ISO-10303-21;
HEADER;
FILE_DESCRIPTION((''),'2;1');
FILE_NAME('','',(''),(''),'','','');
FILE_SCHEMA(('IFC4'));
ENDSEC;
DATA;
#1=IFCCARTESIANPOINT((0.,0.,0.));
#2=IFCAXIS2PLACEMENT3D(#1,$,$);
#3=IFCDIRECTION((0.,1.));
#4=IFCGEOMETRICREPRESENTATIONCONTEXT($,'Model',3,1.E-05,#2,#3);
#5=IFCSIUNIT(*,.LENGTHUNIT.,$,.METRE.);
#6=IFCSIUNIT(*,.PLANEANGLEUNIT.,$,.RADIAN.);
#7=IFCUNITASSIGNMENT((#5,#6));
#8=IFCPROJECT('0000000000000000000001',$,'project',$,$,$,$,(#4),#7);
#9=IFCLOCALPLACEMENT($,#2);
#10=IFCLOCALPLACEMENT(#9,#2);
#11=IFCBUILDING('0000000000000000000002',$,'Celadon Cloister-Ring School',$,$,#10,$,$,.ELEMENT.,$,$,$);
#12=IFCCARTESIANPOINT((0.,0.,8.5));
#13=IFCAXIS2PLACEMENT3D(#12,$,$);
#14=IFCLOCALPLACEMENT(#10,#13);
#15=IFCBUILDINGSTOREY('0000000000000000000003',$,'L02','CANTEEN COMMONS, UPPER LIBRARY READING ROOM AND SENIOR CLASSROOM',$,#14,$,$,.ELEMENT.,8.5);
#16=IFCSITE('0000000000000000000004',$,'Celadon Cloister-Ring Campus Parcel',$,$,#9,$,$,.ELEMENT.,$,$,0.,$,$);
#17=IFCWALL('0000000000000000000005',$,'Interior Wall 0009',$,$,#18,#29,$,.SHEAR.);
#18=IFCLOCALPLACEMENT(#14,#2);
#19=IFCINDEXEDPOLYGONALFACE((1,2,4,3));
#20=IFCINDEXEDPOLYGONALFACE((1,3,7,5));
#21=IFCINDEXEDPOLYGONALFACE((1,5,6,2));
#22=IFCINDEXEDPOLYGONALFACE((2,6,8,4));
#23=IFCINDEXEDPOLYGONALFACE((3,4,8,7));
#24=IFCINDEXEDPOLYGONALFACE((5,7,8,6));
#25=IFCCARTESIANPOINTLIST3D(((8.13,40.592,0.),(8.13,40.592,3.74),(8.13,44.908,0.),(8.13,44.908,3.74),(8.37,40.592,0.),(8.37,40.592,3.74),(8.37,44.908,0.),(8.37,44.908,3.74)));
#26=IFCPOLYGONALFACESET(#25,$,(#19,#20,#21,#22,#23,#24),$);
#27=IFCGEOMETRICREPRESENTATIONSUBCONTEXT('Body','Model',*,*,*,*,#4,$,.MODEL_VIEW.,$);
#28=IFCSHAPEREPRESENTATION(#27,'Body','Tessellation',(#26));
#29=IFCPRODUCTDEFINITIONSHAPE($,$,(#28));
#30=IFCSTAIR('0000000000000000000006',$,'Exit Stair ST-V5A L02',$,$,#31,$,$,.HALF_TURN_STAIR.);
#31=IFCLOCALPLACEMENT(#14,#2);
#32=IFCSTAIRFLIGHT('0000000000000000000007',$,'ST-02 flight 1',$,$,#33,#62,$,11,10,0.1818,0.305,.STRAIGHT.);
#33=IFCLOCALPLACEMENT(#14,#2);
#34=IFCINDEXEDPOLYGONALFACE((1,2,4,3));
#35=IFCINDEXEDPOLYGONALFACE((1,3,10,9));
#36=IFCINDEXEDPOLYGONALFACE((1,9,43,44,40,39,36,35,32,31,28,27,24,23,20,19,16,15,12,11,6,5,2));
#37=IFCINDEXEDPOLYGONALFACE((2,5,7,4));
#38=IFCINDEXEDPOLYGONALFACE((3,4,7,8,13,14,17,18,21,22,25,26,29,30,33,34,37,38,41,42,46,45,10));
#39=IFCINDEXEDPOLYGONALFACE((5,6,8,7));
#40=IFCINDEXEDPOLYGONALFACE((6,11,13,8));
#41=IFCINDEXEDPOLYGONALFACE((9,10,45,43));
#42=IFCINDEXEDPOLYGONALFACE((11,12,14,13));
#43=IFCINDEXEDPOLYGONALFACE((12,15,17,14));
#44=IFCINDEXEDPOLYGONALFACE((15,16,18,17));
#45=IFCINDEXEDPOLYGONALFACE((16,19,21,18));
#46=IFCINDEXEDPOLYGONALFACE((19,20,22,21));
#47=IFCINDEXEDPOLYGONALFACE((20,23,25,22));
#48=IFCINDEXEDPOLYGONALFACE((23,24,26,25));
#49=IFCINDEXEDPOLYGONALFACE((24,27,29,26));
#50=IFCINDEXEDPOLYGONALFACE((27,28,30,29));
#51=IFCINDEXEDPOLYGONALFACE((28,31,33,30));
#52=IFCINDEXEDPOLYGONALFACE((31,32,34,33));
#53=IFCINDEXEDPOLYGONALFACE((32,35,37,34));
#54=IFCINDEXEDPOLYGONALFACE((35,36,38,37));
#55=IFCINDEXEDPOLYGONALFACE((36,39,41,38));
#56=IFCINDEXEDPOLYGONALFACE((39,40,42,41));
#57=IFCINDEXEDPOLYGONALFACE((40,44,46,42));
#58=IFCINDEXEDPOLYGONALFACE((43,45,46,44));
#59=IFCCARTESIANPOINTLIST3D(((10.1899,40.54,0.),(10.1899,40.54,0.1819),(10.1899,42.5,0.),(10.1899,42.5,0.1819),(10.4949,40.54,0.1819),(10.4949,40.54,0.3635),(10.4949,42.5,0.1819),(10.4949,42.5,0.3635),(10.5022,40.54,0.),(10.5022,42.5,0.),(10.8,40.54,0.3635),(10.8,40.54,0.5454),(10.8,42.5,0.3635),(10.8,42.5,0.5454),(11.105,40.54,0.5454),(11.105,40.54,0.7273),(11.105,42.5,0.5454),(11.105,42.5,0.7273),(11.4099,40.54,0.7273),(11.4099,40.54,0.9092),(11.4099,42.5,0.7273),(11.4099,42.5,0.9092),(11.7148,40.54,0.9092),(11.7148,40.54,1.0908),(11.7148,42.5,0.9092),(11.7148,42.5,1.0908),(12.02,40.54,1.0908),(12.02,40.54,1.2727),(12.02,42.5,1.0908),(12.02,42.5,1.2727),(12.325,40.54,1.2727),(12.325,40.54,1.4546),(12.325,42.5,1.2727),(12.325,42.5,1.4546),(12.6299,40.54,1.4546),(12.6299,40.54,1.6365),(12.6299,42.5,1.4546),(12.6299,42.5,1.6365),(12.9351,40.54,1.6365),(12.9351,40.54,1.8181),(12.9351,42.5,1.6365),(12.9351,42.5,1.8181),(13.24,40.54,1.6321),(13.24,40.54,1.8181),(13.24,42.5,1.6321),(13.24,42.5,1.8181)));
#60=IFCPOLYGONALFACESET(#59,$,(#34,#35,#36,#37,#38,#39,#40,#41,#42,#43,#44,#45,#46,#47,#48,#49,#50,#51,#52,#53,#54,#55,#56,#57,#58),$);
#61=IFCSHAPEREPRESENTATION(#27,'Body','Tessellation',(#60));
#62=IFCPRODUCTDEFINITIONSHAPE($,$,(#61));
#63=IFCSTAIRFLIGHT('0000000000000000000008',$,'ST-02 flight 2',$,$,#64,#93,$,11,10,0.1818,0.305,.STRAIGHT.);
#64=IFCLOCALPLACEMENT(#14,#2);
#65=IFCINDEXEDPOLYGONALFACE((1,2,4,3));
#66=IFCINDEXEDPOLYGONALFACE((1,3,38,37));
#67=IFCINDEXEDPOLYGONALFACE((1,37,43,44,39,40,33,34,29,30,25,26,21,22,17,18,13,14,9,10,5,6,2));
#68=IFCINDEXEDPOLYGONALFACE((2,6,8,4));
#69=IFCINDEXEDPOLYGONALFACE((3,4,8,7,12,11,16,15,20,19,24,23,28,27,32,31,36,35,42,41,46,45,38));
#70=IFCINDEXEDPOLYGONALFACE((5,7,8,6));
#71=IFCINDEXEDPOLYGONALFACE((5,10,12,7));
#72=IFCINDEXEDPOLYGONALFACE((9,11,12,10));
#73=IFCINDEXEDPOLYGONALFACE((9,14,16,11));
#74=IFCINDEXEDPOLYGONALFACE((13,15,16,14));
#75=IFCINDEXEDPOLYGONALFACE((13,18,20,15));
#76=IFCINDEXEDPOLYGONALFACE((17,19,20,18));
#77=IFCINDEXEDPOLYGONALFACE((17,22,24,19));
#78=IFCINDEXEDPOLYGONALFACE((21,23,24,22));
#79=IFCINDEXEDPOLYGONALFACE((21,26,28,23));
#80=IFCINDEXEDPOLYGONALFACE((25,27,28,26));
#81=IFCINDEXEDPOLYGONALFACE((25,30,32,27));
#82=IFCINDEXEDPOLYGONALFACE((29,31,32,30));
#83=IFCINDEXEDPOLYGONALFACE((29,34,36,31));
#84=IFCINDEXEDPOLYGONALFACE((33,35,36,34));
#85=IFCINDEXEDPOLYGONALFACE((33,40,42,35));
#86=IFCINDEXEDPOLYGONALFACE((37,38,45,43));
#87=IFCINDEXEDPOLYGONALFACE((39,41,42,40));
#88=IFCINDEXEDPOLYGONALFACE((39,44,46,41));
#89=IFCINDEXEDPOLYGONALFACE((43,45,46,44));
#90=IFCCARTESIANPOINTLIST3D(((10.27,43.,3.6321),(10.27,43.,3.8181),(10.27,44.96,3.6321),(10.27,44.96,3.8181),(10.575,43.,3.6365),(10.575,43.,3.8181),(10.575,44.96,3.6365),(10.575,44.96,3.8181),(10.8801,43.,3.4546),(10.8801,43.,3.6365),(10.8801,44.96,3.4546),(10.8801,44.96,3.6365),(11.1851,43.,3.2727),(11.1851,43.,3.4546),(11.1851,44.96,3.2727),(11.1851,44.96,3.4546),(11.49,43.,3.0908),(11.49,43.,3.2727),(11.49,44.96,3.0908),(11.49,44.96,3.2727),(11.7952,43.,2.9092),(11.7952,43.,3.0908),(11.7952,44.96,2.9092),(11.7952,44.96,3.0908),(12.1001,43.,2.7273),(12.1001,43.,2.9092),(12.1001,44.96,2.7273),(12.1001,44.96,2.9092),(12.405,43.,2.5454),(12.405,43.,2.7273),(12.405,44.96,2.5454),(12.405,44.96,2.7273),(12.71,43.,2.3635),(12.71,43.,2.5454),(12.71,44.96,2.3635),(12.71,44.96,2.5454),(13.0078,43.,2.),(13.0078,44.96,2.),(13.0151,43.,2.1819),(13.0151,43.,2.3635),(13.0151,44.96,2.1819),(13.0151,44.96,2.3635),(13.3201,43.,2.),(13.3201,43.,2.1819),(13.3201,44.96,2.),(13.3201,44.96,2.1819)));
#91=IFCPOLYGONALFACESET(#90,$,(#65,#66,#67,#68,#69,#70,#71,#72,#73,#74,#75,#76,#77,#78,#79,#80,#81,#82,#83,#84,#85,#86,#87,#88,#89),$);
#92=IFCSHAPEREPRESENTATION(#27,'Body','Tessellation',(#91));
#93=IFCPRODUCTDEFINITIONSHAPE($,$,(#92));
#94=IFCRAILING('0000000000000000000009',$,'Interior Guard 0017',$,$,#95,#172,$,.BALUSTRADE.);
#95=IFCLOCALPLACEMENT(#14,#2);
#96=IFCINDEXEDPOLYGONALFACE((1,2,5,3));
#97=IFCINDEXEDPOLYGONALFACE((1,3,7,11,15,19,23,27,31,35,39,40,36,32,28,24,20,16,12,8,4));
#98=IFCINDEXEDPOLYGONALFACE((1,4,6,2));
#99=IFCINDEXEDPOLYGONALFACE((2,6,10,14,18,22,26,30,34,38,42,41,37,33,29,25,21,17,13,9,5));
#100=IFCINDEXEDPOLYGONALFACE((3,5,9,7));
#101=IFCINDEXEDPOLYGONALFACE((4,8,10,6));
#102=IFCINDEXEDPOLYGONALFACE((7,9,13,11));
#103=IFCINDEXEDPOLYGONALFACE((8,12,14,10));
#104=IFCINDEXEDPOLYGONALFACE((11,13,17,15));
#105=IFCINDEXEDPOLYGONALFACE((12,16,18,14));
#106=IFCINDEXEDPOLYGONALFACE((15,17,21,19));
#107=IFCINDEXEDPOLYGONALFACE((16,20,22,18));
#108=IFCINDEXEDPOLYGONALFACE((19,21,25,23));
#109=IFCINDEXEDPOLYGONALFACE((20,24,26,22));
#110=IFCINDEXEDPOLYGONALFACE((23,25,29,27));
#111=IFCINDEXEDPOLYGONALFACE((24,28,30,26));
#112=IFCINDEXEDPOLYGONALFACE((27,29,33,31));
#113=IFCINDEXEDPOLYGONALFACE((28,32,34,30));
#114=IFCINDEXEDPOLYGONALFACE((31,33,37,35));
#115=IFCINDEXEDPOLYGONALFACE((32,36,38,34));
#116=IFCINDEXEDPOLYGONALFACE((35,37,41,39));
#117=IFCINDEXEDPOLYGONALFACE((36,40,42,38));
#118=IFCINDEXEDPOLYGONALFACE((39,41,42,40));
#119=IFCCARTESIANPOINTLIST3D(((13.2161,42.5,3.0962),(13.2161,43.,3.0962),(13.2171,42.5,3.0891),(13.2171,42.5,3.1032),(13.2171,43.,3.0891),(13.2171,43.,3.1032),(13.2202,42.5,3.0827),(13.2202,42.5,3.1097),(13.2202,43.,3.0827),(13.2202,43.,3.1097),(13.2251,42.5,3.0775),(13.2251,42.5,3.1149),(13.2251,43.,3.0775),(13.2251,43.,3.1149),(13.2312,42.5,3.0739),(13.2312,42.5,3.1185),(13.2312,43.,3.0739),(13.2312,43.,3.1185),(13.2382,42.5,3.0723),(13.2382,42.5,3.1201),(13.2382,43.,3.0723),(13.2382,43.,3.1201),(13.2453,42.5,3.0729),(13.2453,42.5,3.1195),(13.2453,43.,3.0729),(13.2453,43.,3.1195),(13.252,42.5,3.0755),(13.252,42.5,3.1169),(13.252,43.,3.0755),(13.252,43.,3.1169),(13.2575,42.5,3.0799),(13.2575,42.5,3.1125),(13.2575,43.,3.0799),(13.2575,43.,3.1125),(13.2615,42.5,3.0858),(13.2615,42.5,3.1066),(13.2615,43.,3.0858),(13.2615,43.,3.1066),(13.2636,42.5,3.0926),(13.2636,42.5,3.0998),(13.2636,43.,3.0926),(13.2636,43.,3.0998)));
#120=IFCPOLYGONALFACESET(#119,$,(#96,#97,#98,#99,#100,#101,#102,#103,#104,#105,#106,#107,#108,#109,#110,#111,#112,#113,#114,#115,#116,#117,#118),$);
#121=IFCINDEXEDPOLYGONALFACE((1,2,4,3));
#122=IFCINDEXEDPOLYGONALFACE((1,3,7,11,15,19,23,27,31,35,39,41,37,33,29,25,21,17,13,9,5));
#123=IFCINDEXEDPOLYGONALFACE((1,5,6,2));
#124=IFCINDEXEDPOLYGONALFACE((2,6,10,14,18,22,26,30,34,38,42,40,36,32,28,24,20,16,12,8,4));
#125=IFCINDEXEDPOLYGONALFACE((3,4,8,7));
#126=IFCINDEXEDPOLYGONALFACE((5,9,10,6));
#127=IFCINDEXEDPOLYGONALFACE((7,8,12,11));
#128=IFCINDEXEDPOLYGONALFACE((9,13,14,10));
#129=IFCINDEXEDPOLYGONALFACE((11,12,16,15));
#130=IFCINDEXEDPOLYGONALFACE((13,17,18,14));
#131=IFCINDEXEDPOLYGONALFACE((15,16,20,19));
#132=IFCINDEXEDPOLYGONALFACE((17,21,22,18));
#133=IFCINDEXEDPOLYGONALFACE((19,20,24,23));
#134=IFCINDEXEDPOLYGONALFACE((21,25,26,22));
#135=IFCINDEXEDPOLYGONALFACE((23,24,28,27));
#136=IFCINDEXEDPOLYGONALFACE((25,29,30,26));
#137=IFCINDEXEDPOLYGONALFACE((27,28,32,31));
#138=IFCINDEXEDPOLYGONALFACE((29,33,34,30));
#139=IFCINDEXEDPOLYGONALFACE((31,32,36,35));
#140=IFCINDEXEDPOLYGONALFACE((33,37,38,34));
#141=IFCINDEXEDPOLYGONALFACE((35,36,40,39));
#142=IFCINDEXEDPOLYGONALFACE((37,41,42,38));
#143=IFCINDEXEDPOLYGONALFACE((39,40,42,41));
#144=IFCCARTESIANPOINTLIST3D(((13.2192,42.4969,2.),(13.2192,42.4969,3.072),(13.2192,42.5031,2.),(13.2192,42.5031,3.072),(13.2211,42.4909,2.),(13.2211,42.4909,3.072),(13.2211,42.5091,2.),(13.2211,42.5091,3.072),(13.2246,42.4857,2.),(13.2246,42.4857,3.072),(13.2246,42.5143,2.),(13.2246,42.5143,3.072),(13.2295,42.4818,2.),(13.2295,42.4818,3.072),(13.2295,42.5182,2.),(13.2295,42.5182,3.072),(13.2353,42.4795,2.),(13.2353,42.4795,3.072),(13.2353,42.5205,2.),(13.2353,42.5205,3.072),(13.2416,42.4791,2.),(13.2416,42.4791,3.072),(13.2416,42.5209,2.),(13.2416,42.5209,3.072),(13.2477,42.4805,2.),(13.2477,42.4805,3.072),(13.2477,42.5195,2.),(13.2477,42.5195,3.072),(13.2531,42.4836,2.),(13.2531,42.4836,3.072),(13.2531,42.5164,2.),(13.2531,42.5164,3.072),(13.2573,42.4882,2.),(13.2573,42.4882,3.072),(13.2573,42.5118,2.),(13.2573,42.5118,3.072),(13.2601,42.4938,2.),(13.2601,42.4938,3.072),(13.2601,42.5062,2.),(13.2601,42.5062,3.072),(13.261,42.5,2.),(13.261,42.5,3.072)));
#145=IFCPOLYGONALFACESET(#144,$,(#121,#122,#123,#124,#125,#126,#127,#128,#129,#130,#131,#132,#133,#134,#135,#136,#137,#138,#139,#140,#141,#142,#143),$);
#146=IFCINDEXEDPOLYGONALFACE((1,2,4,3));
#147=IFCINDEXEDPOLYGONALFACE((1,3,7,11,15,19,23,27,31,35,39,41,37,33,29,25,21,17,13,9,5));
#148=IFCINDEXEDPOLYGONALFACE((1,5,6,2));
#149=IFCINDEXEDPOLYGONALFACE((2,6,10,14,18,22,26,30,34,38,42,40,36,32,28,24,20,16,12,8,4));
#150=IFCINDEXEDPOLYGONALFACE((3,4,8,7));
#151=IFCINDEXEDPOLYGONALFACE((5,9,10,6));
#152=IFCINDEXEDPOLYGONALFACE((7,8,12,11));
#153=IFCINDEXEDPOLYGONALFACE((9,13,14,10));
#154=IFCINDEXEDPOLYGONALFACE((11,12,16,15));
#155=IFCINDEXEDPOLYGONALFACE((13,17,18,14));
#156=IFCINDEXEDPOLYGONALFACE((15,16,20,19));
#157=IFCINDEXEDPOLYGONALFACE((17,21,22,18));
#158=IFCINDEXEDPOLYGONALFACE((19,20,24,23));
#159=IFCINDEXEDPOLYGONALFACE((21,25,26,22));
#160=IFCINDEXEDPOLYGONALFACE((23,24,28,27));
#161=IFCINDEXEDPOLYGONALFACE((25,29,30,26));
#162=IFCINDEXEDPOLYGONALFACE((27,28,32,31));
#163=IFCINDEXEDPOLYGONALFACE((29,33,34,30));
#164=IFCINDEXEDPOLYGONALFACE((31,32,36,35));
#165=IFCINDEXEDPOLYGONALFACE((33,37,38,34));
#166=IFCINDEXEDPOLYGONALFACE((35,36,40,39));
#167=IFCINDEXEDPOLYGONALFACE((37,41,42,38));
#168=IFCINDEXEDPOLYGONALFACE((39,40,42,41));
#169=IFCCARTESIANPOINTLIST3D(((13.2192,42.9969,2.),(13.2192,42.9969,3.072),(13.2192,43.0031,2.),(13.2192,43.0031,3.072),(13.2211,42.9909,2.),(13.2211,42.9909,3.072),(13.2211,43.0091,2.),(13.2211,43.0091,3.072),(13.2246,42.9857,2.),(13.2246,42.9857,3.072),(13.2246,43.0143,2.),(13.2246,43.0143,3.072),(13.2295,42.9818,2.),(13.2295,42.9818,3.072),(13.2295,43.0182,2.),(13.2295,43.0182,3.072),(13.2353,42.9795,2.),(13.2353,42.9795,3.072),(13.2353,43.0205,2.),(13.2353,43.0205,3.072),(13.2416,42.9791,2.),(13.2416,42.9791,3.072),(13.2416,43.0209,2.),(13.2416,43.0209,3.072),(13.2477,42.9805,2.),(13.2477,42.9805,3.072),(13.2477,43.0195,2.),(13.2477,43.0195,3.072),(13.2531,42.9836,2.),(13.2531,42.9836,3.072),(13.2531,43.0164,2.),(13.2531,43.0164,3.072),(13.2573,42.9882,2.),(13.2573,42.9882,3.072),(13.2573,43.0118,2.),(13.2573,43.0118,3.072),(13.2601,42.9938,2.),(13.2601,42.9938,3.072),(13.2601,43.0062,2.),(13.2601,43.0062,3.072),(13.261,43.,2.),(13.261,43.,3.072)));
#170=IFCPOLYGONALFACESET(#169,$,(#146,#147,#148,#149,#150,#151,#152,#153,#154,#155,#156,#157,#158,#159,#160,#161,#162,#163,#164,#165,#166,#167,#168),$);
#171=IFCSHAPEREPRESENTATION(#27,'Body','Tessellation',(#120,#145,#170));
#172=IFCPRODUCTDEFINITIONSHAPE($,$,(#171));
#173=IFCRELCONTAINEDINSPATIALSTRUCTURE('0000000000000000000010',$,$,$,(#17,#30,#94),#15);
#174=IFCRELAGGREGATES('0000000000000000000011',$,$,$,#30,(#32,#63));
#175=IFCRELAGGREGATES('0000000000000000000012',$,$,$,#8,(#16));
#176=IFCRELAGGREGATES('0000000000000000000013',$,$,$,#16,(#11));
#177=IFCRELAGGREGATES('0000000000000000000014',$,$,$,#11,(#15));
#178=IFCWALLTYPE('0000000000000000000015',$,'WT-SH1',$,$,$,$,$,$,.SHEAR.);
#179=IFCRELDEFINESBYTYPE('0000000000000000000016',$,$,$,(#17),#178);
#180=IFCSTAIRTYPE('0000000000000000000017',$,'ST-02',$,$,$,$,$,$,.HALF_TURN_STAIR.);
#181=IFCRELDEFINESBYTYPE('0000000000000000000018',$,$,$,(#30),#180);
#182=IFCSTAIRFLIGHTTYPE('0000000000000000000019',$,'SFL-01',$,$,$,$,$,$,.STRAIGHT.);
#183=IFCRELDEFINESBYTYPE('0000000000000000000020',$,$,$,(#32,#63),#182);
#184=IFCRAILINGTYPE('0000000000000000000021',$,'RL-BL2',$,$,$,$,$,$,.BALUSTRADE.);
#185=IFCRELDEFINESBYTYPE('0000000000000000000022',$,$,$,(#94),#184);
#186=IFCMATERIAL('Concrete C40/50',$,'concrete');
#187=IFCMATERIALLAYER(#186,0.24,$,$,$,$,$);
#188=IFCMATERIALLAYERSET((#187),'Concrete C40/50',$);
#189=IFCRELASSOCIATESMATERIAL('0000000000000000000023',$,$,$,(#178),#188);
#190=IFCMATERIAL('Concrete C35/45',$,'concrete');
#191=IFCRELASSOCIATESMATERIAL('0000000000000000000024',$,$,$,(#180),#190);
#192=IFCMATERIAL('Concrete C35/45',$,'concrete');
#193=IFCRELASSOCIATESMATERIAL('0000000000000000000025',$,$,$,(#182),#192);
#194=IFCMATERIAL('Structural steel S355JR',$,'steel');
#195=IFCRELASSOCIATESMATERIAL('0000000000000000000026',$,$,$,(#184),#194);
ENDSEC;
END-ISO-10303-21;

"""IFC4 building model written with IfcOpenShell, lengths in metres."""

from ifc_helpers import new_model, si_unit, direction, frame, frame_2d, origin, origin_2d, place, context, subcontext, project, spatial, polyline, rectangle, circle, outline, extrude, material, layer, layer_set, type_object, element, aggregate, save


model = new_model("IFC4")

# Units and contexts
model_context = context("Model", 3, precision=1e-05, world=origin(), true_north=direction((0.0, 1.0)))
body_context = subcontext(model_context, "Body", "Model", "MODEL_VIEW")
ifc_project = project(units=[si_unit("LENGTHUNIT", "METRE"), si_unit("PLANEANGLEUNIT", "RADIAN")], contexts=[model_context])

# Site, building, storey
site_placement = place(None, origin())
site = spatial("IfcSite", under=ifc_project, at=site_placement, Name="Celadon Cloister-Ring Campus Parcel", CompositionType="ELEMENT", RefElevation=0.0)
building_placement = place(site_placement, origin())
building = spatial("IfcBuilding", under=site, at=building_placement, Name="Celadon Cloister-Ring School", CompositionType="ELEMENT")
storey_placement = place(building_placement, frame((0.0, 0.0, 8.5)))
storey = spatial("IfcBuildingStorey", under=building, at=storey_placement, Name="L02", Description="CANTEEN COMMONS, UPPER LIBRARY READING ROOM AND SENIOR CLASSROOM", CompositionType="ELEMENT", Elevation=8.5)

# Wall
ifc_material_1 = material(Name="Concrete C40/50", Category="concrete")
ifc_layer_1 = layer(ifc_material_1, 0.24)
ifc_layer_set_1 = layer_set([ifc_layer_1], Name="Concrete C40/50")
wall_type_1 = type_object("IfcWallType", Name="WT-SH1", PredefinedType="SHEAR", material=ifc_layer_set_1)
wall_1_placement = place(storey_placement, frame((8.25, 40.592, 0.0), z_axis=(0.0, 0.0, 1.0), x_axis=(0.0, 1.0, 0.0)))
element("IfcWall", 1, at=wall_1_placement, inside=storey, type_object=wall_type_1, Name="Interior Wall 0009", PredefinedType="SHEAR", context=body_context, shape_type="SweptSolid", body=[
    extrude(rectangle(XDim=4.3159, YDim=0.24, at=frame_2d((2.158, 0.0))), origin(), (0.0, 0.0, 1.0), 3.74),
])

# Stair, stair flights
ifc_material_2 = material(Name="Concrete C35/45", Category="concrete")
stair_type = type_object("IfcStairType", Name="ST-02", PredefinedType="HALF_TURN_STAIR", material=ifc_material_2)
stair_placement = place(storey_placement, origin())
stair = element("IfcStair", 2, at=stair_placement, inside=storey, type_object=stair_type, Name="Exit Stair ST-V5A L02", PredefinedType="HALF_TURN_STAIR")
ifc_material_3 = material(Name="Concrete C35/45", Category="concrete")
stair_flight_type = type_object("IfcStairFlightType", Name="SFL-01", PredefinedType="STRAIGHT", material=ifc_material_3)
stair_flight_1_placement = place(storey_placement, frame((10.1899, 41.52, 0.0), z_axis=(0.0, 0.0, 1.0), x_axis=(1.0, 0.0, 0.0)))
stair_flight_1 = element("IfcStairFlight", 3, at=stair_flight_1_placement, type_object=stair_flight_type, Name="ST-02 flight 1", NumberOfRisers=11, NumberOfTreads=10, PredefinedType="STRAIGHT", RiserHeight=0.1818, TreadLength=0.305, context=body_context, shape_type="SweptSolid", body=[
    extrude(outline(polyline([(0.0, 0.0), (0.0, 0.1819), (0.3049, 0.1819), (0.3049, 0.3635), (0.6101, 0.3635), (0.6101, 0.5454), (0.915, 0.5454), (0.915, 0.7273), (1.22, 0.7273), (1.22, 0.9092), (1.5249, 0.9092), (1.5249, 1.0908), (1.8301, 1.0908), (1.8301, 1.2727), (2.135, 1.2727), (2.135, 1.4546), (2.4399, 1.4546), (2.4399, 1.6365), (2.7451, 1.6365), (2.7451, 1.8181), (3.05, 1.8181), (3.05, 2.0), (3.05, 1.6321), (0.3123, 0.0), (0.0, 0.0)])), frame((0.0, 0.98, 0.0), z_axis=(0.0, -1.0, 0.0), x_axis=(1.0, 0.0, 0.0)), (0.0, 0.0, 1.0), 1.96),
])
stair_flight_2_placement = place(storey_placement, frame((13.3201, 43.98, 2.0), z_axis=(0.0, 0.0, 1.0), x_axis=(-1.0, 0.0, 0.0)))
stair_flight_2 = element("IfcStairFlight", 4, at=stair_flight_2_placement, type_object=stair_flight_type, Name="ST-02 flight 2", NumberOfRisers=11, NumberOfTreads=10, PredefinedType="STRAIGHT", RiserHeight=0.1818, TreadLength=0.305, context=body_context, shape_type="SweptSolid", body=[
    extrude(outline(polyline([(0.0, 0.0), (0.0, 0.1819), (0.3049, 0.1819), (0.3049, 0.3635), (0.6101, 0.3635), (0.6101, 0.5454), (0.915, 0.5454), (0.915, 0.7273), (1.22, 0.7273), (1.22, 0.9092), (1.5249, 0.9092), (1.5249, 1.0908), (1.8301, 1.0908), (1.8301, 1.2727), (2.135, 1.2727), (2.135, 1.4546), (2.4399, 1.4546), (2.4399, 1.6365), (2.7451, 1.6365), (2.7451, 1.8181), (3.05, 1.8181), (3.05, 2.0), (3.05, 1.6321), (0.3123, 0.0), (0.0, 0.0)])), frame((0.0, 0.98, 0.0), z_axis=(0.0, -1.0, 0.0), x_axis=(1.0, 0.0, 0.0)), (0.0, 0.0, 1.0), 1.96),
])
aggregate(stair, [stair_flight_1, stair_flight_2])

# Railing
ifc_material_4 = material(Name="Structural steel S355JR", Category="steel")
railing_type_1 = type_object("IfcRailingType", Name="RL-BL2", PredefinedType="BALUSTRADE", material=ifc_material_4)
railing_1_placement = place(storey_placement, frame((13.24, 42.5, 2.0)))
element("IfcRailing", 5, at=railing_1_placement, inside=storey, type_object=railing_type_1, Name="Interior Guard 0017", PredefinedType="BALUSTRADE", context=body_context, shape_type="SweptSolid", body=[
    extrude(circle(Radius=0.0239, at=origin_2d()), frame((0.0, 0.0, 1.0962), z_axis=(0.0, 1.0, 0.0), x_axis=(-1.0, 0.0, 0.0)), (0.0, 0.0, 1.0), 0.5),
    extrude(circle(Radius=0.021, at=origin_2d()), origin(), (0.0, 0.0, 1.0), 1.072),
    extrude(circle(Radius=0.021, at=origin_2d()), frame((0.0, 0.5, 0.0)), (0.0, 0.0, 1.0), 1.072),
])

save(model, "model.ifc")
